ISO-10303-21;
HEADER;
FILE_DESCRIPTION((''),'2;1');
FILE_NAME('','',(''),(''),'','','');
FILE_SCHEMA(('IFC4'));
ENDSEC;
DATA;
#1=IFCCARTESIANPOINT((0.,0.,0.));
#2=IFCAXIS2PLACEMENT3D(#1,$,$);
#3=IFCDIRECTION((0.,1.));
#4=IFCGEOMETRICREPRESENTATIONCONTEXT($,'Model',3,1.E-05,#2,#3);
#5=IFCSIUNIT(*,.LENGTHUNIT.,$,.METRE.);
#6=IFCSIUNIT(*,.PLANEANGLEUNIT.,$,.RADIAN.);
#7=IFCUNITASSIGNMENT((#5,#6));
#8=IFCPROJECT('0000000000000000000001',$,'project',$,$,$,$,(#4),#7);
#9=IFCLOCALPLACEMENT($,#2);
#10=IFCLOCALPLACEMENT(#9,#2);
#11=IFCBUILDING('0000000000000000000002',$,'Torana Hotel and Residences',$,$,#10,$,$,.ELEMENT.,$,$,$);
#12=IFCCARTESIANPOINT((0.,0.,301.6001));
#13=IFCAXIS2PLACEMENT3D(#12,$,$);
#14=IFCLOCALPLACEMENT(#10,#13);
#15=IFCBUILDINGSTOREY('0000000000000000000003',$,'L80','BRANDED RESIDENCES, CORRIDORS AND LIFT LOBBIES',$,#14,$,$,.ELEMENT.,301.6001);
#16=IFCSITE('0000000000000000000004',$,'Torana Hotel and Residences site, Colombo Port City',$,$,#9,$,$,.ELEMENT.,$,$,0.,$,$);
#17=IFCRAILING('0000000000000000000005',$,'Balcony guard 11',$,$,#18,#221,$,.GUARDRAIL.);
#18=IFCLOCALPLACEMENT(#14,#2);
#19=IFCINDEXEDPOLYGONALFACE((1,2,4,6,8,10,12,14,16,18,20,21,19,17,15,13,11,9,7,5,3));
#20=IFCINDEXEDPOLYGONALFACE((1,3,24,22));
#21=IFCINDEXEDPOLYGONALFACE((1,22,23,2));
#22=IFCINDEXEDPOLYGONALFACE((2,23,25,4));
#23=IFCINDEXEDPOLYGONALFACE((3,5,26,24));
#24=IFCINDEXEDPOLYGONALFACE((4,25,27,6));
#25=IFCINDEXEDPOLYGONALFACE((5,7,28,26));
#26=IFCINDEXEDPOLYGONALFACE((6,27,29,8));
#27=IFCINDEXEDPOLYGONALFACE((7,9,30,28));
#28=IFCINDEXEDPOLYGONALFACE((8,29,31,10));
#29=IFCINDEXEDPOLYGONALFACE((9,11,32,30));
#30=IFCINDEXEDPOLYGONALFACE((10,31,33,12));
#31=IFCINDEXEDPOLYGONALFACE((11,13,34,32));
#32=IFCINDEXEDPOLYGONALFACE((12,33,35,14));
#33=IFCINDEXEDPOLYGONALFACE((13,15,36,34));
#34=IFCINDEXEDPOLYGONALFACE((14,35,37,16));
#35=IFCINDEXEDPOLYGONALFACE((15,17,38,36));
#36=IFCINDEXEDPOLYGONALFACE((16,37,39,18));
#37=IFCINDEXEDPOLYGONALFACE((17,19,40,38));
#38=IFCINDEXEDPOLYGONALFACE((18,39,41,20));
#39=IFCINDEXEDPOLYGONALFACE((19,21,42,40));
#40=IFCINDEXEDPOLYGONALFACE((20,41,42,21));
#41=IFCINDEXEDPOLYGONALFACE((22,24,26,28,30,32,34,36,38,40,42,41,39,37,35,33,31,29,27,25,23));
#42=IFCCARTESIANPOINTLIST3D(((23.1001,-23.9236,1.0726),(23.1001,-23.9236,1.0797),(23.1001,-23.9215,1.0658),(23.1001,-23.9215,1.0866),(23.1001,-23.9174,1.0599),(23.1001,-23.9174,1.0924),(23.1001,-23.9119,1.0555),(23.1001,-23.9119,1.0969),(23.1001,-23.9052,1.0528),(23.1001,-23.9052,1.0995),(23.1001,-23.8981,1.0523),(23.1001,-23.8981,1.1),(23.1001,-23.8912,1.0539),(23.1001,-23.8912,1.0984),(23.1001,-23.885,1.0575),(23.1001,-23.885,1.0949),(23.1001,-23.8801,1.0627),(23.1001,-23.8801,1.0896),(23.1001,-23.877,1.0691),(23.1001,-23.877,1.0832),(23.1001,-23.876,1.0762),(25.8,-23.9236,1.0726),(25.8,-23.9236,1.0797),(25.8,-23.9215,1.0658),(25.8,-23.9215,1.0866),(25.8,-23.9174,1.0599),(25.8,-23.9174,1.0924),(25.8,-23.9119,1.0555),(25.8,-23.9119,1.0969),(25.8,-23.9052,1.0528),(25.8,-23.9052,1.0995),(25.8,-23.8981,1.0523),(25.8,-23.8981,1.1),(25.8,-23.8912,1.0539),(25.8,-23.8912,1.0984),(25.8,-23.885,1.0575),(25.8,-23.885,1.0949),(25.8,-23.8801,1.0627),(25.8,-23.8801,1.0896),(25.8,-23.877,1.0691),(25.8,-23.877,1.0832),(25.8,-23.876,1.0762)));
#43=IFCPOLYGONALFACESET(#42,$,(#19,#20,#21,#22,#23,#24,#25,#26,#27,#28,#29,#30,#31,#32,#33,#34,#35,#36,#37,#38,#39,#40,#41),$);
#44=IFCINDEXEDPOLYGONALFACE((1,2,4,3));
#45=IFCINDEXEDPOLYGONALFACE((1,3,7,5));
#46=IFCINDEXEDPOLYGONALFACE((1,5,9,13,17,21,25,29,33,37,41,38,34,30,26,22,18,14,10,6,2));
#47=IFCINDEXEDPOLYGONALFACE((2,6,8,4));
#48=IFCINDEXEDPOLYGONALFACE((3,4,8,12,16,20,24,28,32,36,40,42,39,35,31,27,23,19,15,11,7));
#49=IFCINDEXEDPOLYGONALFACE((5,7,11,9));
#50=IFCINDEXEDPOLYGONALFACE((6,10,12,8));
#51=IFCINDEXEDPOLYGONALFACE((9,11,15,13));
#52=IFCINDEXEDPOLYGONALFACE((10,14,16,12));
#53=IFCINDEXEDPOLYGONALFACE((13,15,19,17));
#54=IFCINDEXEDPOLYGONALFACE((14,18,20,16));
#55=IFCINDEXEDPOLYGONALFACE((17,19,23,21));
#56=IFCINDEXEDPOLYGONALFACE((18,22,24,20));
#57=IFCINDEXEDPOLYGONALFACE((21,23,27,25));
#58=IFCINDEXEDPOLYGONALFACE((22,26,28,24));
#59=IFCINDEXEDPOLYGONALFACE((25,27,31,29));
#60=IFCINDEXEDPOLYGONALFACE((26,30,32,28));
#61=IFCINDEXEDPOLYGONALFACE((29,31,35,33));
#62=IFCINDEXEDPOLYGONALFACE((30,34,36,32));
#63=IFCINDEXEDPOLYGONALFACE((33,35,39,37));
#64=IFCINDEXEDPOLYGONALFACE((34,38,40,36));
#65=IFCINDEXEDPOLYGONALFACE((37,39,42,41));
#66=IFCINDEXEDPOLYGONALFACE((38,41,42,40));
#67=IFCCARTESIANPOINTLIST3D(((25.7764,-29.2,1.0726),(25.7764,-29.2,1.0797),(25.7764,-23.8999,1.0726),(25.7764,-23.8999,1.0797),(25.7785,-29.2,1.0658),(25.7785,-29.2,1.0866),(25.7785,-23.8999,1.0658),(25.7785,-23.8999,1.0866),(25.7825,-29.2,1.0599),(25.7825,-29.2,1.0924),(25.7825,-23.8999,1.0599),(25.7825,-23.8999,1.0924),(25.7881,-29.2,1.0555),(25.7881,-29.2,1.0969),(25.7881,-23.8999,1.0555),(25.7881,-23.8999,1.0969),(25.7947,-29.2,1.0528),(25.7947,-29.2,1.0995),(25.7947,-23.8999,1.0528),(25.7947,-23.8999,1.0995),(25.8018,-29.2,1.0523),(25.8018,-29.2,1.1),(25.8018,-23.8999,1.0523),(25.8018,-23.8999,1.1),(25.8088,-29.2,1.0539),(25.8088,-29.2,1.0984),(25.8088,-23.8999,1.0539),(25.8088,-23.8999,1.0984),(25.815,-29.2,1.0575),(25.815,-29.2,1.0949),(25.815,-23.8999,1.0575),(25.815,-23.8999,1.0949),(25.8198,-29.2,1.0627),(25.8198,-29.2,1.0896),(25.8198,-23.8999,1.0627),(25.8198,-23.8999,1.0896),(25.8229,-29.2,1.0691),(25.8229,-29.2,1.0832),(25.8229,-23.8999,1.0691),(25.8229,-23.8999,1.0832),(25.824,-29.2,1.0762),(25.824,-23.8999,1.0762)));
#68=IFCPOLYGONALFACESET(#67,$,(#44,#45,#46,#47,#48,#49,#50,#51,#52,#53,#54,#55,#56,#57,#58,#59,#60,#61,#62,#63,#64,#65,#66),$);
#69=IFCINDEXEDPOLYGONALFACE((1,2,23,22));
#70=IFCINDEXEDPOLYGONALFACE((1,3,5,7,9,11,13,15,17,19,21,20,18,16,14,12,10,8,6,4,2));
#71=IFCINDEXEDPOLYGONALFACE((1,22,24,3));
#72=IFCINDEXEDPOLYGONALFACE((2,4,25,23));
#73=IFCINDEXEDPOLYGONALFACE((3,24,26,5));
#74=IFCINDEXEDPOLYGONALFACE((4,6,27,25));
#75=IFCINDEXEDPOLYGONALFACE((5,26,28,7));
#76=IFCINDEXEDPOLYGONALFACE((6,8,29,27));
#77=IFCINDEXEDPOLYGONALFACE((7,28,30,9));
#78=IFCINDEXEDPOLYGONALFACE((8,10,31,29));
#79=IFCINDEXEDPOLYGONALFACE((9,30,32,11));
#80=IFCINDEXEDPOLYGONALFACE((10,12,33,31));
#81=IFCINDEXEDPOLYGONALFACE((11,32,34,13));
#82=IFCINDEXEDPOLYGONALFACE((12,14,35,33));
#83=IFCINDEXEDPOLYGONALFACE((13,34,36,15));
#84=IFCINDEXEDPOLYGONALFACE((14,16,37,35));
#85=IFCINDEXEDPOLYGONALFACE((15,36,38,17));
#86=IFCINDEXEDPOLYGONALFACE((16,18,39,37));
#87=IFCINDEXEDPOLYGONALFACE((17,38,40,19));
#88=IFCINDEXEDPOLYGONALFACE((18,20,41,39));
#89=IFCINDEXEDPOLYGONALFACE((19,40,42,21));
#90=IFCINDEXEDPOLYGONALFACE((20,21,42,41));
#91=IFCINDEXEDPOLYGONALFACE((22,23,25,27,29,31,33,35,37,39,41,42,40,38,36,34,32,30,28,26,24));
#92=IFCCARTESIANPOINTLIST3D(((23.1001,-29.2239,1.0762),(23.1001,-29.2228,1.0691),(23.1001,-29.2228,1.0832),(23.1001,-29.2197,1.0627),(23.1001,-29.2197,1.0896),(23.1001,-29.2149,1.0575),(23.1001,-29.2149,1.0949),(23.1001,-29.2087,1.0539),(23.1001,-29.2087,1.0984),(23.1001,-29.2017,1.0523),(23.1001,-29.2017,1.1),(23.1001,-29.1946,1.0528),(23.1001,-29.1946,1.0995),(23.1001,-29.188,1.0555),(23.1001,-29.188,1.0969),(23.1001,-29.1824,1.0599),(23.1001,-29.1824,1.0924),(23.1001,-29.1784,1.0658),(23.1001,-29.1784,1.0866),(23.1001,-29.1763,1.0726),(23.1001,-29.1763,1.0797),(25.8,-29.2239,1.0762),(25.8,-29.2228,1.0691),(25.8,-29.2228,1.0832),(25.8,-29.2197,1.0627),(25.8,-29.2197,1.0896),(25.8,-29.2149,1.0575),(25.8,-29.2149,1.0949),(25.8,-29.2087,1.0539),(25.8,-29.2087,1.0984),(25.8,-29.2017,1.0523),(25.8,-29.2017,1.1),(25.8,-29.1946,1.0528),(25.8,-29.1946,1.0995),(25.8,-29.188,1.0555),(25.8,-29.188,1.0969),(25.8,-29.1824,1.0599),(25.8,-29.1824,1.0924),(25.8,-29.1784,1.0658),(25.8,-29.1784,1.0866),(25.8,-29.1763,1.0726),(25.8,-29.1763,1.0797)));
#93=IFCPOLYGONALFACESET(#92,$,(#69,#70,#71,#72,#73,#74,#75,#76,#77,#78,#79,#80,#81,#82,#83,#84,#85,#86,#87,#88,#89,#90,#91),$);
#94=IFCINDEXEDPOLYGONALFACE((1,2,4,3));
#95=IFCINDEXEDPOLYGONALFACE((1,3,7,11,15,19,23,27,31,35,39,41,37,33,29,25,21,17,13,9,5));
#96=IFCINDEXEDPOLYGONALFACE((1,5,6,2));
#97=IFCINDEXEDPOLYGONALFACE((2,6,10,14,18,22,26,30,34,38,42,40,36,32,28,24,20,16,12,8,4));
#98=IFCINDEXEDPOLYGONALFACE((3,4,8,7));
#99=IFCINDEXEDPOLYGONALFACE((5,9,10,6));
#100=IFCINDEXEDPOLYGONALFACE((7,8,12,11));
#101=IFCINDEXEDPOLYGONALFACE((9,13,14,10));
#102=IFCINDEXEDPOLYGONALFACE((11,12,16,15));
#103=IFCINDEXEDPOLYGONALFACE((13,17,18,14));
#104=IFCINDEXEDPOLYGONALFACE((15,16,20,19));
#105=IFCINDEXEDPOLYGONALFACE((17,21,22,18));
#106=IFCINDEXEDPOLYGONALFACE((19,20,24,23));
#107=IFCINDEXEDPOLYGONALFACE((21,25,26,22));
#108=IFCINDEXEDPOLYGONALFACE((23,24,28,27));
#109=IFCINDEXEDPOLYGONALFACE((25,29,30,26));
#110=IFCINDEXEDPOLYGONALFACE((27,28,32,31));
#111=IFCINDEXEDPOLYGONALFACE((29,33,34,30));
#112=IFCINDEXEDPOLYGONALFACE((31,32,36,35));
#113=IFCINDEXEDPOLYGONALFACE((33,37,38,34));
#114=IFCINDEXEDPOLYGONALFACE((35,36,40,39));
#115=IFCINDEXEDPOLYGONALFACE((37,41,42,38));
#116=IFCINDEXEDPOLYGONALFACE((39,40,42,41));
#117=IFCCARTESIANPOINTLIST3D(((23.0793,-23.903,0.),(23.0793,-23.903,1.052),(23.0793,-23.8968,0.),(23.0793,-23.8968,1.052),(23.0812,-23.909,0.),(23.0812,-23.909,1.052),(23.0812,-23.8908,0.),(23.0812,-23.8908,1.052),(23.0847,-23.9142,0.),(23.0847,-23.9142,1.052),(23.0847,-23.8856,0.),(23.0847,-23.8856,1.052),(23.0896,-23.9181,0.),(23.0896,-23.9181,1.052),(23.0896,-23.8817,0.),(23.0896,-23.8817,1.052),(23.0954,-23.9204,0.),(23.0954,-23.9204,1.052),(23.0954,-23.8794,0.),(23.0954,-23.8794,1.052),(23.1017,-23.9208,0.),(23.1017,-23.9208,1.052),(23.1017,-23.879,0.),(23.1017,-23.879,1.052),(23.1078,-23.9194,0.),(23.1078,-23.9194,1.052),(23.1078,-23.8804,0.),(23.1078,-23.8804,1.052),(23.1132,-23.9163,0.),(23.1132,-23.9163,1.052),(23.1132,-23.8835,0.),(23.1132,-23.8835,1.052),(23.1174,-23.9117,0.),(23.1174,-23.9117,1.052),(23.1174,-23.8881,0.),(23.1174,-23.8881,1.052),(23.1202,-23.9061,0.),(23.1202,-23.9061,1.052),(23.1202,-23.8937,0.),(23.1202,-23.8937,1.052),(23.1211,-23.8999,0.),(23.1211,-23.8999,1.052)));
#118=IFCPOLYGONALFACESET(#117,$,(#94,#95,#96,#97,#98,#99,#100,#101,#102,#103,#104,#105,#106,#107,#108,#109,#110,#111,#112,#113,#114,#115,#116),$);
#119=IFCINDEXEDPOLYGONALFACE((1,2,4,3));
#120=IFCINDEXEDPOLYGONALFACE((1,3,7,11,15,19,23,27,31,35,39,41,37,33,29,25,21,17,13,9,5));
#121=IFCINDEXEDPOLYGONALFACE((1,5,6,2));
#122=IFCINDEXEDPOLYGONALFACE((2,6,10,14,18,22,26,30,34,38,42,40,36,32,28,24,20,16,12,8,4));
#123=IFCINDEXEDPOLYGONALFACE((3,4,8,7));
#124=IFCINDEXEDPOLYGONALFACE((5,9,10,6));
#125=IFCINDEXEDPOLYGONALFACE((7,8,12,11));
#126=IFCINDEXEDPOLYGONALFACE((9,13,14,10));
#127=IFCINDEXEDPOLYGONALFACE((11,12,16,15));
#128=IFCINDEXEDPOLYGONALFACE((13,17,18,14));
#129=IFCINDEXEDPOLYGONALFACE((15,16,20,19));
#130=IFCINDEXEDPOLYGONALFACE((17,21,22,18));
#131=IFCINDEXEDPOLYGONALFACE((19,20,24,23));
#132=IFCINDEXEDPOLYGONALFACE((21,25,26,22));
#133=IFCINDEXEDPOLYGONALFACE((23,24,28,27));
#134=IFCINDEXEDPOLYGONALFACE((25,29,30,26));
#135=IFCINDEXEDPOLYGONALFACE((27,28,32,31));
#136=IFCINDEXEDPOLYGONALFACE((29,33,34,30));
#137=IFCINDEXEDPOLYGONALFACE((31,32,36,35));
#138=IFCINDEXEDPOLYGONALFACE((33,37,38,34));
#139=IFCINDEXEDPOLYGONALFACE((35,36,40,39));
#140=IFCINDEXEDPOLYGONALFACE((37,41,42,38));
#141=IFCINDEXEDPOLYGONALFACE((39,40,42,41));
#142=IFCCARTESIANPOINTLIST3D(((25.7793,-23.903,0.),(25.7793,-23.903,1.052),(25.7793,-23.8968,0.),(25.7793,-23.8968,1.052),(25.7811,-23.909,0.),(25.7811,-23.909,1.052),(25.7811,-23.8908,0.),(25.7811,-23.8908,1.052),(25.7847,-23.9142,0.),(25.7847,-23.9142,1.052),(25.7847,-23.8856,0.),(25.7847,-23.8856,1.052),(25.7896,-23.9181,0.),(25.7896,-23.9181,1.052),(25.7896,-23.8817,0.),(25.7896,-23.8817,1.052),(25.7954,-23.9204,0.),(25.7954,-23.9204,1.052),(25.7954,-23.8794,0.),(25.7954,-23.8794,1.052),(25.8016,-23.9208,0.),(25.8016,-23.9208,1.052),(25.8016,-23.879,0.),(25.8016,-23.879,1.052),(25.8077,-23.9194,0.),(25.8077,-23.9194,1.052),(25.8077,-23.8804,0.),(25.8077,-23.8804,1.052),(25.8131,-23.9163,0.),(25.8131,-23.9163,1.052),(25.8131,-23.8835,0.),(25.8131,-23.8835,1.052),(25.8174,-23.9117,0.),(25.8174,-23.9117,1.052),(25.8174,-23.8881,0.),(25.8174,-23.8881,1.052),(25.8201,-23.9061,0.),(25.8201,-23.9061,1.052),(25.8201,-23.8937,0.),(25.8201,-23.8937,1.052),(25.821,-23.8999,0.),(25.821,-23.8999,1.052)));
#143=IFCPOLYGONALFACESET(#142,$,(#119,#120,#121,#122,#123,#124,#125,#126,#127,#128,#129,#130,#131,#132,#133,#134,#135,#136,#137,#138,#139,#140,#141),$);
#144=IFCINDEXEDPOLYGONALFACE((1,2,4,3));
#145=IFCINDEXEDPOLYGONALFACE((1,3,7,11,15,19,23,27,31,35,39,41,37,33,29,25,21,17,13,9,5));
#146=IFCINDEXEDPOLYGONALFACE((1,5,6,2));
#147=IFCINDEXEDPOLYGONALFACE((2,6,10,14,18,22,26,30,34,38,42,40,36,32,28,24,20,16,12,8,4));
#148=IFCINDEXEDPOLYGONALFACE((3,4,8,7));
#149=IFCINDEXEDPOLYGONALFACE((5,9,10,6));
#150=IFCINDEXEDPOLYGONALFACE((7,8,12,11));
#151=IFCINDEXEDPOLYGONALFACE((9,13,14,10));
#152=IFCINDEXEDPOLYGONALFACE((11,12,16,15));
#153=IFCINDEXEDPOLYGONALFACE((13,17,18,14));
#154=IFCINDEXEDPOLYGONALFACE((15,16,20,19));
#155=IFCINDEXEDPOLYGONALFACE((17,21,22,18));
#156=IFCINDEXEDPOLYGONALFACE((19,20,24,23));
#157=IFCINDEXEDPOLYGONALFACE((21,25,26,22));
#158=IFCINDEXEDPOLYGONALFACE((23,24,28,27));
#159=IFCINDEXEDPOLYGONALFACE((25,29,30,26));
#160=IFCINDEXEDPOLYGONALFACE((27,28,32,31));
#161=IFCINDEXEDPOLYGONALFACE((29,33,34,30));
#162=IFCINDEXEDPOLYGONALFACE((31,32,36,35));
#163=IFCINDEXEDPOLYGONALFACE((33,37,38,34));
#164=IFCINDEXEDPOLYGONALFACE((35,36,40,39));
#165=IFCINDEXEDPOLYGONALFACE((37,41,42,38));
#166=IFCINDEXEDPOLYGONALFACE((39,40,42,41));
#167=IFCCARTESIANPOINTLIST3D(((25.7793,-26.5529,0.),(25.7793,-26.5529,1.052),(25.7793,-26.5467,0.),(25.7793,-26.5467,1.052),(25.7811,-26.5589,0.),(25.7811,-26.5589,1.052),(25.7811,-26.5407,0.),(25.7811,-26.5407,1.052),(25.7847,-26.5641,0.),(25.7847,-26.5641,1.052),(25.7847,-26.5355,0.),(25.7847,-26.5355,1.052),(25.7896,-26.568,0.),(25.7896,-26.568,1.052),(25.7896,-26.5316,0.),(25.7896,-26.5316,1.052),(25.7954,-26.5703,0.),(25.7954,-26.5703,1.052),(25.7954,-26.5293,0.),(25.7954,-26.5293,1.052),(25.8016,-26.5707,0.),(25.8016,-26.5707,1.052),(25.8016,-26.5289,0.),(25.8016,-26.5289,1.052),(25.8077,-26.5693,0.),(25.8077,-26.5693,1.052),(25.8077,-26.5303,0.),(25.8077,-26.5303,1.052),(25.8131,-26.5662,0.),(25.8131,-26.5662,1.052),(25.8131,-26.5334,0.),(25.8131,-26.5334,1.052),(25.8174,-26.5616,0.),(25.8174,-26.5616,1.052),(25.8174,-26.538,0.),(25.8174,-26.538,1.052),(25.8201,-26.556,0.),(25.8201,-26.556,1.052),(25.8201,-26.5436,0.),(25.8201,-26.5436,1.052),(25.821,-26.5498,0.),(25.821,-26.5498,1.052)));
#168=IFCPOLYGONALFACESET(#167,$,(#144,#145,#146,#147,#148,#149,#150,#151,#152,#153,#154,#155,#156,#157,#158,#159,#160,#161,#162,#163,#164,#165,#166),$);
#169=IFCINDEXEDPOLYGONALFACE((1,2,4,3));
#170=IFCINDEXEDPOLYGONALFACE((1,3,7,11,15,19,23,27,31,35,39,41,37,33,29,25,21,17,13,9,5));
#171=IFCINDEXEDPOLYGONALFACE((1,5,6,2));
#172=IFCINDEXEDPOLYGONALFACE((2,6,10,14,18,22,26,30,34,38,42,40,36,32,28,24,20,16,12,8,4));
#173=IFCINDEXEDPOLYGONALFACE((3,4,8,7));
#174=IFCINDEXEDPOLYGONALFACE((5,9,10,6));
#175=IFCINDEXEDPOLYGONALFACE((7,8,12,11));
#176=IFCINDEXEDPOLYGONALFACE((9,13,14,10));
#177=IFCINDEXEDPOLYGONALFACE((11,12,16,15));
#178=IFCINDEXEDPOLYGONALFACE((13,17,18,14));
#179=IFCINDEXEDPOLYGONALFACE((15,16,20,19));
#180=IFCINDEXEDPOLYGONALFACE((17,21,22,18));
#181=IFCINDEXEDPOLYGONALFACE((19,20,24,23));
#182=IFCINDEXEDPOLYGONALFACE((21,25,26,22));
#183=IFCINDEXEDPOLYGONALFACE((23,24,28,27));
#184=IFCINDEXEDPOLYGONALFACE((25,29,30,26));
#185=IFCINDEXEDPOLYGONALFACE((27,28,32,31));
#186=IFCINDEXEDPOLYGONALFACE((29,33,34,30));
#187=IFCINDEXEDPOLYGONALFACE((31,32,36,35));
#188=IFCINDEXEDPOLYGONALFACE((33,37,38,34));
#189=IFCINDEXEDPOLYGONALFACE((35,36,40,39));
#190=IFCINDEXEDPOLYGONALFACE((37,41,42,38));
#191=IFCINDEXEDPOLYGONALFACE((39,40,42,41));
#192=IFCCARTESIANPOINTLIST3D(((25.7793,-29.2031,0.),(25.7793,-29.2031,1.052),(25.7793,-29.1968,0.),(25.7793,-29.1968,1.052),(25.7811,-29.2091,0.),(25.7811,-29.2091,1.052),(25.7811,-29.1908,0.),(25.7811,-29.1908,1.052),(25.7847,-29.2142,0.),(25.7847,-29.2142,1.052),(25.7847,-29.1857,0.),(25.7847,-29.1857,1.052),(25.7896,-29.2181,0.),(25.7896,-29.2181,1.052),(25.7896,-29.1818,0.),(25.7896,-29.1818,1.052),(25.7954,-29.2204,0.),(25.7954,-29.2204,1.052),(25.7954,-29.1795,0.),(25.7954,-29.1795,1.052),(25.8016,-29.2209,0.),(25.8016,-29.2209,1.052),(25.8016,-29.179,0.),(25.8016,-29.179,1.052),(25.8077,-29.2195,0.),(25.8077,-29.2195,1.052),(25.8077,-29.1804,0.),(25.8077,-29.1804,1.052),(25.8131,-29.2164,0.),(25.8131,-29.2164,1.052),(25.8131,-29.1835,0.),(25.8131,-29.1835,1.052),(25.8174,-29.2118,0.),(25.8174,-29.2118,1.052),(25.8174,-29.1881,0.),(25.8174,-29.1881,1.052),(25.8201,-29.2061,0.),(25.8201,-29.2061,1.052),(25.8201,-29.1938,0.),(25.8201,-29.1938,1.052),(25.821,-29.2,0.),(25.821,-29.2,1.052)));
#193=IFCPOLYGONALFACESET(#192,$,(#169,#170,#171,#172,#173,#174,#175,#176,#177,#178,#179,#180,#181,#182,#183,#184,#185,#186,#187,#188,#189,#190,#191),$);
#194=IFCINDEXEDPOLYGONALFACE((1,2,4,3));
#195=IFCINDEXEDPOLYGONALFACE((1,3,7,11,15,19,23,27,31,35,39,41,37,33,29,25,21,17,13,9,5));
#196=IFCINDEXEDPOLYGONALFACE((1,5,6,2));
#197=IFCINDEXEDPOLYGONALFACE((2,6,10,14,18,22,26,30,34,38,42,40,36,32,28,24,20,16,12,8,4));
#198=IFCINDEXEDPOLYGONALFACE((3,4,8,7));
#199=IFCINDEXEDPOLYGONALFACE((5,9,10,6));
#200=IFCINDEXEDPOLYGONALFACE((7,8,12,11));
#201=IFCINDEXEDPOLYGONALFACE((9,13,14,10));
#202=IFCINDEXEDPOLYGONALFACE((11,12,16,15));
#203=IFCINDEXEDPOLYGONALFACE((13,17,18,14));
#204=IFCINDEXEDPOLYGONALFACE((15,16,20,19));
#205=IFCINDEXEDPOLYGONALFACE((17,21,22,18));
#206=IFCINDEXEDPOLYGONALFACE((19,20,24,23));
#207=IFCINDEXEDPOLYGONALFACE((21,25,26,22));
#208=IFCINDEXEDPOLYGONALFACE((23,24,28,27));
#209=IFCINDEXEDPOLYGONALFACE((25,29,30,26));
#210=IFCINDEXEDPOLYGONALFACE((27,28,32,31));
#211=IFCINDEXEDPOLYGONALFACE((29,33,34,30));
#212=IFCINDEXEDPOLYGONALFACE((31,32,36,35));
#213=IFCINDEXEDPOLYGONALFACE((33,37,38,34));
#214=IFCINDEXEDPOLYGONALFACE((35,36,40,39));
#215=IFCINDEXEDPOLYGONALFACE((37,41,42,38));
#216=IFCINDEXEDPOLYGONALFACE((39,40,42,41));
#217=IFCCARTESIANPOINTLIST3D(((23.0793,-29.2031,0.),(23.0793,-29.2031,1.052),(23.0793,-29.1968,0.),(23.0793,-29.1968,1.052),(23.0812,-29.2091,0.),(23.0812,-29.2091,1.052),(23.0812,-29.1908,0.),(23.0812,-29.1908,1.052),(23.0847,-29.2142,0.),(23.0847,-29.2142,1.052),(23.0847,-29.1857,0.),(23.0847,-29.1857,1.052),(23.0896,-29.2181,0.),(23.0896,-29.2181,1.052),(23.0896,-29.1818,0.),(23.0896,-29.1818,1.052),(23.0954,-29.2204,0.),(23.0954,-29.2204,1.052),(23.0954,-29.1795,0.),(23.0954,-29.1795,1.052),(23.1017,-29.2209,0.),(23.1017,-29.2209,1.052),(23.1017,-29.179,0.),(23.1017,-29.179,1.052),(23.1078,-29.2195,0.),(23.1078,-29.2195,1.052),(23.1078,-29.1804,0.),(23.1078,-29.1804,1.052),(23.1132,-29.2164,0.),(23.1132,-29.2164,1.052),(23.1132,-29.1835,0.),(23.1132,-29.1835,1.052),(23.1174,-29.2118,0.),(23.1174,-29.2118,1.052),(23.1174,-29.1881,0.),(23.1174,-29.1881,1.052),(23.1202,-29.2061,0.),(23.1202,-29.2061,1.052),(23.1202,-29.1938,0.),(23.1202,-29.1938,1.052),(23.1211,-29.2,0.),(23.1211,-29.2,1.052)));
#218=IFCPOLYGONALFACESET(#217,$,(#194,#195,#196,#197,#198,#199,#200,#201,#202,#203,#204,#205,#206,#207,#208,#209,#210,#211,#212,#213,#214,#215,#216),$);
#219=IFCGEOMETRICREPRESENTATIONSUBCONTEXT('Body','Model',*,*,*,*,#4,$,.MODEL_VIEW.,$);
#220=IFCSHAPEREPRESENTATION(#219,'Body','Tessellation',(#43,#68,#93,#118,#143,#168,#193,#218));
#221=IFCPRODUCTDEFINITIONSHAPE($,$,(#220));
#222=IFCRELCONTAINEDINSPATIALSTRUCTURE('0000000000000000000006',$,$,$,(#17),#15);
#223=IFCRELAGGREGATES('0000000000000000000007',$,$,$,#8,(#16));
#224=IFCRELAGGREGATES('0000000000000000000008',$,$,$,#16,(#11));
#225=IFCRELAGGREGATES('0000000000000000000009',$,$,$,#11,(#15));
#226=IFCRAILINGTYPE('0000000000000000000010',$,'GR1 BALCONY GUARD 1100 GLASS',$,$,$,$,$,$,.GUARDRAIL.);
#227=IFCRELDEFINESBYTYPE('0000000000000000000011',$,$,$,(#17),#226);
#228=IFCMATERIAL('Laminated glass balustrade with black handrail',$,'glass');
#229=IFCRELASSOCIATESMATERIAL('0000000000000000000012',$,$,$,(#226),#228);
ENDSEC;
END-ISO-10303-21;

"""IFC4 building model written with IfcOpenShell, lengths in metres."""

from ifc_helpers import new_model, si_unit, direction, frame, origin, origin_2d, place, context, subcontext, project, spatial, circle, extrude, material, type_object, element, save


model = new_model("IFC4")

# Units and contexts
model_context = context("Model", 3, precision=1e-05, world=origin(), true_north=direction((0.0, 1.0)))
body_context = subcontext(model_context, "Body", "Model", "MODEL_VIEW")
ifc_project = project(units=[si_unit("LENGTHUNIT", "METRE"), si_unit("PLANEANGLEUNIT", "RADIAN")], contexts=[model_context])

# Site, building, storey
site_placement = place(None, origin())
site = spatial("IfcSite", under=ifc_project, at=site_placement, Name="Torana Hotel and Residences site, Colombo Port City", CompositionType="ELEMENT", RefElevation=0.0)
building_placement = place(site_placement, origin())
building = spatial("IfcBuilding", under=site, at=building_placement, Name="Torana Hotel and Residences", CompositionType="ELEMENT")
storey_placement = place(building_placement, frame((0.0, 0.0, 301.6001)))
storey = spatial("IfcBuildingStorey", under=building, at=storey_placement, Name="L80", Description="BRANDED RESIDENCES, CORRIDORS AND LIFT LOBBIES", CompositionType="ELEMENT", Elevation=301.6001)

# Railing
ifc_material_1 = material(Name="Laminated glass balustrade with black handrail", Category="glass")
railing_type = type_object("IfcRailingType", Name="GR1 BALCONY GUARD 1100 GLASS", PredefinedType="GUARDRAIL", material=ifc_material_1)
railing_1_placement = place(storey_placement, frame((23.1001, -23.8999, 0.0)))
element("IfcRailing", 1, at=railing_1_placement, inside=storey, type_object=railing_type, Name="Balcony guard 11", PredefinedType="GUARDRAIL", context=body_context, shape_type="SweptSolid", body=[
    extrude(circle(Radius=0.0239, at=origin_2d()), frame((0.0, 0.0, 1.0762), z_axis=(1.0, 0.0, 0.0), x_axis=(0.0, 1.0, 0.0)), (0.0, 0.0, 1.0), 2.7),
    extrude(circle(Radius=0.0239, at=origin_2d()), frame((2.7, 0.0, 1.0762), z_axis=(0.0, -1.0, 0.0), x_axis=(1.0, 0.0, 0.0)), (0.0, 0.0, 1.0), 5.3),
    extrude(circle(Radius=0.0239, at=origin_2d()), frame((2.7, -5.3, 1.0762), z_axis=(-1.0, 0.0, 0.0), x_axis=(0.0, -1.0, 0.0)), (0.0, 0.0, 1.0), 2.7),
    extrude(circle(Radius=0.021, at=origin_2d()), origin(), (0.0, 0.0, 1.0), 1.052),
    extrude(circle(Radius=0.021, at=origin_2d()), frame((2.7, 0.0, 0.0)), (0.0, 0.0, 1.0), 1.052),
    extrude(circle(Radius=0.021, at=origin_2d()), frame((2.7, -2.6499, 0.0)), (0.0, 0.0, 1.0), 1.052),
    extrude(circle(Radius=0.021, at=origin_2d()), frame((2.7, -5.3, 0.0)), (0.0, 0.0, 1.0), 1.052),
    extrude(circle(Radius=0.021, at=origin_2d()), frame((0.0, -5.3, 0.0)), (0.0, 0.0, 1.0), 1.052),
])

save(model, "model.ifc")
